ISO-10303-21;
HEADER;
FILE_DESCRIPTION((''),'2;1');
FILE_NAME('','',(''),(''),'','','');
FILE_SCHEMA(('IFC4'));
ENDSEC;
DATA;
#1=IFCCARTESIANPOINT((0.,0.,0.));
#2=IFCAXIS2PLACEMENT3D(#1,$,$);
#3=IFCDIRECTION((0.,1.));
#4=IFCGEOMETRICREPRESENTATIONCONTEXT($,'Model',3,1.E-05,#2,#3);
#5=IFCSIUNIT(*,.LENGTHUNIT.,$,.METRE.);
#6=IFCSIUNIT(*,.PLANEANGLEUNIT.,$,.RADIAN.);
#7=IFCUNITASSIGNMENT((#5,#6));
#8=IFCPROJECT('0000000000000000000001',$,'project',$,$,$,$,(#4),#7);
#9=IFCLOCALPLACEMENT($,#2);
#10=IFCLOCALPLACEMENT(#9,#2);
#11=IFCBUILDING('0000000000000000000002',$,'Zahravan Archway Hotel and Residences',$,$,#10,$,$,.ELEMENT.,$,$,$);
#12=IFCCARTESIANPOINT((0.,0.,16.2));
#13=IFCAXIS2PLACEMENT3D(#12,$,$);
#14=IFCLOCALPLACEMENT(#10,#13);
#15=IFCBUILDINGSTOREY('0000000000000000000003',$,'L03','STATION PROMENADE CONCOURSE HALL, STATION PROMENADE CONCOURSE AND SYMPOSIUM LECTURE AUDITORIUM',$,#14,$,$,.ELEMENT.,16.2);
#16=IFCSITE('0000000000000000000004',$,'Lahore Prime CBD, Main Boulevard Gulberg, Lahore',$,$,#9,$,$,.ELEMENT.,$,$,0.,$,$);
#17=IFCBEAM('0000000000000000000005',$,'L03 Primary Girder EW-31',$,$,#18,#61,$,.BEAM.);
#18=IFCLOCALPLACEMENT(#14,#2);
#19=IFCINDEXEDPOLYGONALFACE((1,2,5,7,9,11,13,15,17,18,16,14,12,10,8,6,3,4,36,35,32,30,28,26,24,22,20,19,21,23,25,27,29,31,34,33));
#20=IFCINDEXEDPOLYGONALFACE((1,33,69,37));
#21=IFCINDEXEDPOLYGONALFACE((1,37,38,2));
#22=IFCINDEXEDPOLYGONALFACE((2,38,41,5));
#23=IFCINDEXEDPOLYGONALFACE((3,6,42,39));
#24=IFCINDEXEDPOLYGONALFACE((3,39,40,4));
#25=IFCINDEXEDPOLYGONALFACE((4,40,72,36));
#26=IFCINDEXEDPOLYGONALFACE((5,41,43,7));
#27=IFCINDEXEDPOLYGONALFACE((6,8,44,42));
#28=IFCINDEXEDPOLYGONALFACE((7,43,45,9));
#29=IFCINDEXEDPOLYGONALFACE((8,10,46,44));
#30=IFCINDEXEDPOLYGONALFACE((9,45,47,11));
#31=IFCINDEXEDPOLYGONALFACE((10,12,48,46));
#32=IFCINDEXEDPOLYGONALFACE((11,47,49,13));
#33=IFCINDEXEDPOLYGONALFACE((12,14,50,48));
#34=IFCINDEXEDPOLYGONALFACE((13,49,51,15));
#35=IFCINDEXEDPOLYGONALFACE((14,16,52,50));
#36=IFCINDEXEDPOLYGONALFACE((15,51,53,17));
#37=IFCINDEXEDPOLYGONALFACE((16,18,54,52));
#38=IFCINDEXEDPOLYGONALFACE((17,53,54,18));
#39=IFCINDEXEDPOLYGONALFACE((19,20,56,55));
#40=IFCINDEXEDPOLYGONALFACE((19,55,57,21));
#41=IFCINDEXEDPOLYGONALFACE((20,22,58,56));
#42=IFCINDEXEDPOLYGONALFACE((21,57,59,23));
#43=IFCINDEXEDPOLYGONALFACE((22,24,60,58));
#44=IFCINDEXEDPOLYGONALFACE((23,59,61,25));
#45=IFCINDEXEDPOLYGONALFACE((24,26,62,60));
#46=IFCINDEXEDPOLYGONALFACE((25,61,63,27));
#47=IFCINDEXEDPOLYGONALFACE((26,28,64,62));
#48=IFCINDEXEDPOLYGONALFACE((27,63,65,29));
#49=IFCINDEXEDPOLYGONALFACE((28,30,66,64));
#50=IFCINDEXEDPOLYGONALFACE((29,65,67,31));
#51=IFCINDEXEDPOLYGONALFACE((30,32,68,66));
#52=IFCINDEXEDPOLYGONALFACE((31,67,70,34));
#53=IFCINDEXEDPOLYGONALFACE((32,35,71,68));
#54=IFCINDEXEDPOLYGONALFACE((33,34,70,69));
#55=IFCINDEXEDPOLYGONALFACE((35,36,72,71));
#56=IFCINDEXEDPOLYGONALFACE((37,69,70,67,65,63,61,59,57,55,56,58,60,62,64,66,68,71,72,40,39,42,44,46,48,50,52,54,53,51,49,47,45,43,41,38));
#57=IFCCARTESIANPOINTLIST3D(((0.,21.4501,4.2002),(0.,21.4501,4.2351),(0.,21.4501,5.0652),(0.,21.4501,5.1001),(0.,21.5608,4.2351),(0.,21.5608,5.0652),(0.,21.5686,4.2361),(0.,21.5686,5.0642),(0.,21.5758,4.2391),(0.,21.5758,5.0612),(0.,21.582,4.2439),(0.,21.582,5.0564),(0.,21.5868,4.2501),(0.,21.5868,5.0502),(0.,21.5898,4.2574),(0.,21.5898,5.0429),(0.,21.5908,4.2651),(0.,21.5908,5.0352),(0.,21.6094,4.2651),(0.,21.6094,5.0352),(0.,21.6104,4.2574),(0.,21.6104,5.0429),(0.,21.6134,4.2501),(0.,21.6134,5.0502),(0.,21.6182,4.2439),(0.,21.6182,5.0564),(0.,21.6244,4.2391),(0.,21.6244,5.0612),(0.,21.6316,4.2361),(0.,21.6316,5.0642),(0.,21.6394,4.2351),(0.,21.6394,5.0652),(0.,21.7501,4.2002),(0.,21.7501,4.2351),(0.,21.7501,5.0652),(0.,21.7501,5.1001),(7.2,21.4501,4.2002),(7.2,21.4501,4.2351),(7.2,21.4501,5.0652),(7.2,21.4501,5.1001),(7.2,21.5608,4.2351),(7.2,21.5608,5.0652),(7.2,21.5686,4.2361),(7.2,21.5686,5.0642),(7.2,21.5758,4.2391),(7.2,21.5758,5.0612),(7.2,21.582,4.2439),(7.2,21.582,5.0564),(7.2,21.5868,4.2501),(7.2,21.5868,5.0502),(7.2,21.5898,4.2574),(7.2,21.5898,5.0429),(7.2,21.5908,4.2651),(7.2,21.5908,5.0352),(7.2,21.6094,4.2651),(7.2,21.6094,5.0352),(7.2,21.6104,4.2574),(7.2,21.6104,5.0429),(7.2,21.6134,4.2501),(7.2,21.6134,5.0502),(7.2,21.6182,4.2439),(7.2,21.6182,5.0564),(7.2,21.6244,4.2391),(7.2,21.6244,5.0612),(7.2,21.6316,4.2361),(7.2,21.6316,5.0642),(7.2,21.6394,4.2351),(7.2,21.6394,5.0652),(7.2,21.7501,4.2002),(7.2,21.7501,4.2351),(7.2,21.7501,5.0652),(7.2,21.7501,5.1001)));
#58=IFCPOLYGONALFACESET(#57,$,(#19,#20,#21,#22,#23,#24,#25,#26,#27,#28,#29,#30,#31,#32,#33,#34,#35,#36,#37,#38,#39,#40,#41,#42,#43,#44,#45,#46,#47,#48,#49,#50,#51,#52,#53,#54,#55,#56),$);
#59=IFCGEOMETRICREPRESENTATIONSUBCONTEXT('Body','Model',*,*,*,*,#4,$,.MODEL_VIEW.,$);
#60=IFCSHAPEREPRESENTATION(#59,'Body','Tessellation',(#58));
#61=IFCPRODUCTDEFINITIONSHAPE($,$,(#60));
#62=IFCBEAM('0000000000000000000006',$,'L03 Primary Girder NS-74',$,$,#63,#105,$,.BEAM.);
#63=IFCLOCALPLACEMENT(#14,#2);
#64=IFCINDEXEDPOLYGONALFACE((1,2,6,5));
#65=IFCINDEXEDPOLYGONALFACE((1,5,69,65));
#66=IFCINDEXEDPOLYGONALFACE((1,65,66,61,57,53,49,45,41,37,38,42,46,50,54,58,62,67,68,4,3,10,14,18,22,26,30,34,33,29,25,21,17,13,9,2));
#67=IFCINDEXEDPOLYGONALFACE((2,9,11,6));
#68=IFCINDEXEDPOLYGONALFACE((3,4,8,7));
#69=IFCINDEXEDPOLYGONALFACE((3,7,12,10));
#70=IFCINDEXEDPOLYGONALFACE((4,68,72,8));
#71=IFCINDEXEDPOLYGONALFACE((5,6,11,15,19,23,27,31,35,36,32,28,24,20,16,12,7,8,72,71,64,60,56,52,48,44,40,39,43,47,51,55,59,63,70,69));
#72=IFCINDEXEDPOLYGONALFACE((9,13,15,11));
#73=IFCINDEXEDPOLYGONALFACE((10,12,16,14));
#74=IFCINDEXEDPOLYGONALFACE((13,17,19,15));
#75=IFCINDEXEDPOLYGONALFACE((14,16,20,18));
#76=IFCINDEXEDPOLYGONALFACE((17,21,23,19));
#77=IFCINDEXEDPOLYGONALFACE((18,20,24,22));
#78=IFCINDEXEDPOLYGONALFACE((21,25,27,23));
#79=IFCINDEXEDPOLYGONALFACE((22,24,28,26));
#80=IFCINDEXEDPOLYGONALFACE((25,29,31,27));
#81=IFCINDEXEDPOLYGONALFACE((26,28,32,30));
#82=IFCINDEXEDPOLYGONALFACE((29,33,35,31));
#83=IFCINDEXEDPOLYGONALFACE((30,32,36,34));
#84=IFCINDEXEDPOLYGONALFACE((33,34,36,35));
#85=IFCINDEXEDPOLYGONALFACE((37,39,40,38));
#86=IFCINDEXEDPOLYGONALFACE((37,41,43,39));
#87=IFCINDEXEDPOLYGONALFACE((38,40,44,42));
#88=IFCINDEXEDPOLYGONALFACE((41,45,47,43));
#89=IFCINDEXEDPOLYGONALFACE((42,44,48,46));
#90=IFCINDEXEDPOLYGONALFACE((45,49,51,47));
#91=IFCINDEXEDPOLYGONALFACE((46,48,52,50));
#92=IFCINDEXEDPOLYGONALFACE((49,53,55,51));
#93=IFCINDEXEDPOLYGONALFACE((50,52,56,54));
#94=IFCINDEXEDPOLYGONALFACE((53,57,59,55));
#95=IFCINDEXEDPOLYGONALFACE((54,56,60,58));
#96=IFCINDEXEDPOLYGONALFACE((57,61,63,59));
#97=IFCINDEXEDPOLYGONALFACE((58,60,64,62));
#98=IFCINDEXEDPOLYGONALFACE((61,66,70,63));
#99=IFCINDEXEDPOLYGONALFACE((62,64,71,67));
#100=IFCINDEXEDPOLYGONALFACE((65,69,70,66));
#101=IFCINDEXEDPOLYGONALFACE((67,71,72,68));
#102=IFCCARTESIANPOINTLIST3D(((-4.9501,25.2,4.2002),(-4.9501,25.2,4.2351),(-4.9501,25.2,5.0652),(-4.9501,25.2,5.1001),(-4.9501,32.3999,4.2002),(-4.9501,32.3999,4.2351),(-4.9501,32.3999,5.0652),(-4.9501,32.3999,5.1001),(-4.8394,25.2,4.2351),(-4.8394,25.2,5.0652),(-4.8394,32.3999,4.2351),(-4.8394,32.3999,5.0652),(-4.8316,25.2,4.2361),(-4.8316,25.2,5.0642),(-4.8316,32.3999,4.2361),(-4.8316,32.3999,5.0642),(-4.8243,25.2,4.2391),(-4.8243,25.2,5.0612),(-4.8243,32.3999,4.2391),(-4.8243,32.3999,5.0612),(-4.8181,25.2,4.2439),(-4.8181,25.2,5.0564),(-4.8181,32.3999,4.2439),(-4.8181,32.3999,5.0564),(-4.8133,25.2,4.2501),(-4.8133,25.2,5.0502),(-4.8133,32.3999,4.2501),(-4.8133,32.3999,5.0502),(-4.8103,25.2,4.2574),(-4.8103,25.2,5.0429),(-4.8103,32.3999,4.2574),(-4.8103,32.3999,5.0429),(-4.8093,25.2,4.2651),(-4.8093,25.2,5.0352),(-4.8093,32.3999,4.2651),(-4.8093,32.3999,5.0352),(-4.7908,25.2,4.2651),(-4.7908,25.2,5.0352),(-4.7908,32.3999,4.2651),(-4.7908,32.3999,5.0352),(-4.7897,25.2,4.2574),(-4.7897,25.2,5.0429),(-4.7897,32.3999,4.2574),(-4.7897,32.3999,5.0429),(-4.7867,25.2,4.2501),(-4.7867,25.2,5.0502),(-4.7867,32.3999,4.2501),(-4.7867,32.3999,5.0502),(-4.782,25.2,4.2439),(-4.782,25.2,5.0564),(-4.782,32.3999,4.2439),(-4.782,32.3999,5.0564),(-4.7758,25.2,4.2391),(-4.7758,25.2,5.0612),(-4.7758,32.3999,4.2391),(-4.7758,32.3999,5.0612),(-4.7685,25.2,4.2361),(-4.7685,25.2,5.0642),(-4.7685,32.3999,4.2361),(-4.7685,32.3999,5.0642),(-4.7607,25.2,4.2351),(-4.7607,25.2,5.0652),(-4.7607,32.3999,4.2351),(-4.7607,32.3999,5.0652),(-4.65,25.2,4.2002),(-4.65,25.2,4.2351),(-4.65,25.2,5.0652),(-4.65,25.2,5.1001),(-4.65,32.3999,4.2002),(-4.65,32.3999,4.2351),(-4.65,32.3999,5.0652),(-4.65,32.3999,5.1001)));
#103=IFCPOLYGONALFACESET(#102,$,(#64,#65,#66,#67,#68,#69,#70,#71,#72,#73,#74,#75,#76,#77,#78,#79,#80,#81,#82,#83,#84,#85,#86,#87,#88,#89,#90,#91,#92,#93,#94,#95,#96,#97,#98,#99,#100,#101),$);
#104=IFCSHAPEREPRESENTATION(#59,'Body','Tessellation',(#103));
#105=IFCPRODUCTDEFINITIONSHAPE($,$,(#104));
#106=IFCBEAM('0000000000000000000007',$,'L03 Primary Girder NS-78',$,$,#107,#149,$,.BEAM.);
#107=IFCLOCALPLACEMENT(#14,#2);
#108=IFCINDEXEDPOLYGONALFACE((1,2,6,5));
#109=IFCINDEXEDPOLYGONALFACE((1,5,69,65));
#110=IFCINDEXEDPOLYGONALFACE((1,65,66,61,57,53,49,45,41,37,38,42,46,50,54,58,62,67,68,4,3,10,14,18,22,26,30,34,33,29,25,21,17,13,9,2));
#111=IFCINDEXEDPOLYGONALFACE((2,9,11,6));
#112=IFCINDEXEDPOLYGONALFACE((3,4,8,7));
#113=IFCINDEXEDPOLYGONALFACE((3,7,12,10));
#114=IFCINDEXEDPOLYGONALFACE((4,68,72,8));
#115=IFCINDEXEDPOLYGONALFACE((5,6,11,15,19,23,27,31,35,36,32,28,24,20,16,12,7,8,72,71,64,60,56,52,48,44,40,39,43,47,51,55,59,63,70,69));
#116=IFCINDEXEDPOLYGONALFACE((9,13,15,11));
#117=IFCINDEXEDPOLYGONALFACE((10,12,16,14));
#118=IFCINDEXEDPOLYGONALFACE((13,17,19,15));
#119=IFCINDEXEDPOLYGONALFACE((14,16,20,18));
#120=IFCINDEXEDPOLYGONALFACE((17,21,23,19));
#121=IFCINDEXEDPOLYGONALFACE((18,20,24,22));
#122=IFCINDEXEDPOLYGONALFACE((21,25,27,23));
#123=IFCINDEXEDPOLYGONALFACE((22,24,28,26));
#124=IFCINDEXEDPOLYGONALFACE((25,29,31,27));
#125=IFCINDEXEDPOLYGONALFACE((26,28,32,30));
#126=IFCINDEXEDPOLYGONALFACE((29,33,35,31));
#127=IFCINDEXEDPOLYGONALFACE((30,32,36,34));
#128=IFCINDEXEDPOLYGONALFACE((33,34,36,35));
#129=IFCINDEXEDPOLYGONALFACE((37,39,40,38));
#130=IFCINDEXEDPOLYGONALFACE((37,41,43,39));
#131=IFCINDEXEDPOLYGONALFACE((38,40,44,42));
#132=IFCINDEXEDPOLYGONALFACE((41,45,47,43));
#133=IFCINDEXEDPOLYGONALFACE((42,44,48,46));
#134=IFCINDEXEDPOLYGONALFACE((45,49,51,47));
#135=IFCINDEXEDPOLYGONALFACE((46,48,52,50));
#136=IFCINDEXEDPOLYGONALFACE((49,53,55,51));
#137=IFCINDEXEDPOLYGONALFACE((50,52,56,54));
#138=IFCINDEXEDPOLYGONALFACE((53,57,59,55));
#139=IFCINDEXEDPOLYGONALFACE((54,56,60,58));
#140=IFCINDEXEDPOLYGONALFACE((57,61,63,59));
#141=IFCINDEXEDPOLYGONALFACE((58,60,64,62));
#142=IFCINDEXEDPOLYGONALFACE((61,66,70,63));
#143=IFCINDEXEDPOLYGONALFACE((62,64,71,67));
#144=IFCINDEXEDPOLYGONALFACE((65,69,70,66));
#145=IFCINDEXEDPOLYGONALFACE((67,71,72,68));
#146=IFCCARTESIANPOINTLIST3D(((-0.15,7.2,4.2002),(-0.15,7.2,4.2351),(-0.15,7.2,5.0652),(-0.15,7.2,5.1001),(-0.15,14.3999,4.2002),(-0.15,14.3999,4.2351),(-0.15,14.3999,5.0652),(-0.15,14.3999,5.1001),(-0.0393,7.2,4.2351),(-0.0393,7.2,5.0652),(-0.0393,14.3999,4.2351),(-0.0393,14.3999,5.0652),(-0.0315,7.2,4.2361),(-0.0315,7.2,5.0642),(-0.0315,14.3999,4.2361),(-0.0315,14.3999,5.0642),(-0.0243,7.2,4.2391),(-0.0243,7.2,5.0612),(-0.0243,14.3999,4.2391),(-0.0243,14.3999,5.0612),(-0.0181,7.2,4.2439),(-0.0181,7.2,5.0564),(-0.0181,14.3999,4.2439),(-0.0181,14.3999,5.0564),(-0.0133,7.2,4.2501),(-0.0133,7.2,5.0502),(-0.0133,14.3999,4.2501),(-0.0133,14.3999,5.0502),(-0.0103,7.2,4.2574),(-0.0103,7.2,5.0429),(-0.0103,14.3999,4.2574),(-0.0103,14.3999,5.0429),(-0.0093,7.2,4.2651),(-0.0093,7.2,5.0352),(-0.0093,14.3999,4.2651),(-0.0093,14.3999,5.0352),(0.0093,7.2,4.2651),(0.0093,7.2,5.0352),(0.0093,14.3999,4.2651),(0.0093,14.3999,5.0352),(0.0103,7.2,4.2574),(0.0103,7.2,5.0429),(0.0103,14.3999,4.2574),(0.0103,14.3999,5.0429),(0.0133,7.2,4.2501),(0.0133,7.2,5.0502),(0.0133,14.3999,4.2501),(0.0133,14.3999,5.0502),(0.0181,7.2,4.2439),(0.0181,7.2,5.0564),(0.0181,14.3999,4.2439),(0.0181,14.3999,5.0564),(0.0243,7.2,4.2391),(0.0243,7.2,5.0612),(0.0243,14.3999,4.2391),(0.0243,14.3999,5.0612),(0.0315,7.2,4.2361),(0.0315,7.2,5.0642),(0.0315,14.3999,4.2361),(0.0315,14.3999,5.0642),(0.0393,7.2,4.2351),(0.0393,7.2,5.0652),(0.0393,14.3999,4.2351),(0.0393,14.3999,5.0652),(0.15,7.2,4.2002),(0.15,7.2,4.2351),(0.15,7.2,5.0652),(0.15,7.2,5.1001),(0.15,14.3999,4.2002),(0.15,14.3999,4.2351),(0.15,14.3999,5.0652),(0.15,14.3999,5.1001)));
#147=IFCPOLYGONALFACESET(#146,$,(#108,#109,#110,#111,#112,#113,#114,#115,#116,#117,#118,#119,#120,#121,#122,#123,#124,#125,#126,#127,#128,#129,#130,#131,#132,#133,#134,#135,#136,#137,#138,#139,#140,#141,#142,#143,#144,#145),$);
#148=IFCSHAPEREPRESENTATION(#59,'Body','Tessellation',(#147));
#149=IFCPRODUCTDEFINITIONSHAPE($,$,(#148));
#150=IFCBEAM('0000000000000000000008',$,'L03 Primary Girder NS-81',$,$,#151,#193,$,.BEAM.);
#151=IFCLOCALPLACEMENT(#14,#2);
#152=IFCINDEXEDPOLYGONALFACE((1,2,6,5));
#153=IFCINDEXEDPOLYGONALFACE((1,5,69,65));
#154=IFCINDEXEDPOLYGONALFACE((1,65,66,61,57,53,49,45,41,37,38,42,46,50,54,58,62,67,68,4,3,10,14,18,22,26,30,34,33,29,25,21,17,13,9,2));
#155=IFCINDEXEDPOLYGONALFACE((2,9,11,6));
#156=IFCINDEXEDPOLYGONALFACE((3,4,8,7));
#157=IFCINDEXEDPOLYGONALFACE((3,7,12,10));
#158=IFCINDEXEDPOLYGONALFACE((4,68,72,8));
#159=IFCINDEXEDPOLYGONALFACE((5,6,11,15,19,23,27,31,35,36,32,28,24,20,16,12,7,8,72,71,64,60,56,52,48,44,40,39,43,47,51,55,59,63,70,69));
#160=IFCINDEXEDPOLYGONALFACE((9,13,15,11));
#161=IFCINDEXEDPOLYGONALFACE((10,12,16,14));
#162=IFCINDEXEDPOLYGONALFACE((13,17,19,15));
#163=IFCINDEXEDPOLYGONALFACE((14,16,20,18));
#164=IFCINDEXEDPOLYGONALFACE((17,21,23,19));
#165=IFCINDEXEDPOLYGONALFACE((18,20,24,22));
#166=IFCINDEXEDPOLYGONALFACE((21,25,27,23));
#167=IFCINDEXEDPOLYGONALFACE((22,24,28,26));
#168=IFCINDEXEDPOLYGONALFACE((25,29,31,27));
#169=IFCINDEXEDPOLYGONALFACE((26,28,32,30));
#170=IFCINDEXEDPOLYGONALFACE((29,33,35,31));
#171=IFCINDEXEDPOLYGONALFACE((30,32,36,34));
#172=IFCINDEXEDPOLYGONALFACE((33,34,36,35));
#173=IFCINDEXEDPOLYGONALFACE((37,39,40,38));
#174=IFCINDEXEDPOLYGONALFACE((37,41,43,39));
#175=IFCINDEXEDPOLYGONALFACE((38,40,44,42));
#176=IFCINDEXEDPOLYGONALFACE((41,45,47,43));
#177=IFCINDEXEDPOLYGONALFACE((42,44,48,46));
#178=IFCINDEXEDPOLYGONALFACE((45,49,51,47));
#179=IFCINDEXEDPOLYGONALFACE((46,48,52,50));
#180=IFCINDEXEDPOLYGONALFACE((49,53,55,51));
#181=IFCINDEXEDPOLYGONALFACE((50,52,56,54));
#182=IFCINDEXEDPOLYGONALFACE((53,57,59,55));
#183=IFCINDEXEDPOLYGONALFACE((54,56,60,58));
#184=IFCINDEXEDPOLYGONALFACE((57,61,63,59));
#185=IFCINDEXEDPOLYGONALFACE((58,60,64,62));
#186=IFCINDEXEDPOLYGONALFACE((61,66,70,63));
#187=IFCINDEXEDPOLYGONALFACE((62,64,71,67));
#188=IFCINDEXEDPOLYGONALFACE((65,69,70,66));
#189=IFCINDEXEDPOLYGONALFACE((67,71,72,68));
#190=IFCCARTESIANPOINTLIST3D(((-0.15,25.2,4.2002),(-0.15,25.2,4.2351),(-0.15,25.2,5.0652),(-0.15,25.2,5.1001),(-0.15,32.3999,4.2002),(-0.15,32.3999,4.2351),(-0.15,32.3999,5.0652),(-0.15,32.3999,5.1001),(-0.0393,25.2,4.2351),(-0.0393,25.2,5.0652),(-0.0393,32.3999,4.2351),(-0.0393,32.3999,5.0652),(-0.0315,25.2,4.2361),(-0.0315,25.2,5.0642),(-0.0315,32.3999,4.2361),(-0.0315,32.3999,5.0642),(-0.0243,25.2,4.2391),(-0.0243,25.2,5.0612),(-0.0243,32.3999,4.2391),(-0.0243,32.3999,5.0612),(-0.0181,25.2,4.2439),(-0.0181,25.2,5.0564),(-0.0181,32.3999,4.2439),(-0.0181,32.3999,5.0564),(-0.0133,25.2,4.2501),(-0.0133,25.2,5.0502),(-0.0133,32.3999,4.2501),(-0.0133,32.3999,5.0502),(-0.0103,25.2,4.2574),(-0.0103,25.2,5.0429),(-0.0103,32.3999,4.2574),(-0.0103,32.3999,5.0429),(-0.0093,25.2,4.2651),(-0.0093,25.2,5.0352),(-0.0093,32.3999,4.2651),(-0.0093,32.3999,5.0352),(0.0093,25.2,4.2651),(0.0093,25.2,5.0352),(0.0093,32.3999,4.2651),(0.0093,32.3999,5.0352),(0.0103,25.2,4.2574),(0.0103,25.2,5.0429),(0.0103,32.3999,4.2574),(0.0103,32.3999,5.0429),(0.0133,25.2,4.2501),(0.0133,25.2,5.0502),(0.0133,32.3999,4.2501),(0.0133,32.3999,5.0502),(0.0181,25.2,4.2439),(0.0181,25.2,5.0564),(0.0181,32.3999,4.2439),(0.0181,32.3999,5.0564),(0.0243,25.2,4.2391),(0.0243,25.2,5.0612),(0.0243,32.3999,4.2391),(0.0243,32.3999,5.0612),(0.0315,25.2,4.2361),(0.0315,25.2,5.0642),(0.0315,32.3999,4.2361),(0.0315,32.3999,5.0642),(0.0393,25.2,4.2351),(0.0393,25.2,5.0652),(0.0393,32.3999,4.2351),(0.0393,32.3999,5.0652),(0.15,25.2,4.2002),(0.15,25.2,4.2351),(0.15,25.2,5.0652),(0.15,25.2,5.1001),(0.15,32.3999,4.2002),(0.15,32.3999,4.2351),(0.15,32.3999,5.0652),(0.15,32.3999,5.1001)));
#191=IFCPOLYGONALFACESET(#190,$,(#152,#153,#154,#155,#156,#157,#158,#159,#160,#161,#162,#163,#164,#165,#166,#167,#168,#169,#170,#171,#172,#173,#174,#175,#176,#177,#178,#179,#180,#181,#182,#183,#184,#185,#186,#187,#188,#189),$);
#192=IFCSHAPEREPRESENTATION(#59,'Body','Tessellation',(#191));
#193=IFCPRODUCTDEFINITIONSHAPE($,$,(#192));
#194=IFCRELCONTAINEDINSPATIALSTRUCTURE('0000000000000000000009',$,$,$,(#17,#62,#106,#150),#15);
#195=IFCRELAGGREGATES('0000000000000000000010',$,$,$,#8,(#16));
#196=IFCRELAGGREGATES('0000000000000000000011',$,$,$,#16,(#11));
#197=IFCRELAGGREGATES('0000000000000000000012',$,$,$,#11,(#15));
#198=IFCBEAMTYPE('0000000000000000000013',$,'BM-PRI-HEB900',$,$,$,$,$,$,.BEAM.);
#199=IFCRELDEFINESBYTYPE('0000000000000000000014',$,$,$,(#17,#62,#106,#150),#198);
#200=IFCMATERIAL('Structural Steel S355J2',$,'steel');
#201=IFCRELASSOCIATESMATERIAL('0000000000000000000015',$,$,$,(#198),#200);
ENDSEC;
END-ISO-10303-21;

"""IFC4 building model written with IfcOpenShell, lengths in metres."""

from ifc_helpers import new_model, si_unit, direction, frame, origin, origin_2d, place, context, subcontext, project, spatial, i_section, extrude, source, transform, mapped, material, material_profile, profile_set, type_object, element, save


model = new_model("IFC4")

# Units and contexts
model_context = context("Model", 3, precision=1e-05, world=origin(), true_north=direction((0.0, 1.0)))
body_context = subcontext(model_context, "Body", "Model", "MODEL_VIEW")
ifc_project = project(units=[si_unit("LENGTHUNIT", "METRE"), si_unit("PLANEANGLEUNIT", "RADIAN")], contexts=[model_context])

# Site, building, storey
site_placement = place(None, origin())
site = spatial("IfcSite", under=ifc_project, at=site_placement, Name="Lahore Prime CBD, Main Boulevard Gulberg, Lahore", CompositionType="ELEMENT", RefElevation=0.0)
building_placement = place(site_placement, origin())
building = spatial("IfcBuilding", under=site, at=building_placement, Name="Zahravan Archway Hotel and Residences", CompositionType="ELEMENT")
storey_placement = place(building_placement, frame((0.0, 0.0, 16.2)))
storey = spatial("IfcBuildingStorey", under=building, at=storey_placement, Name="L03", Description="STATION PROMENADE CONCOURSE HALL, STATION PROMENADE CONCOURSE AND SYMPOSIUM LECTURE AUDITORIUM", CompositionType="ELEMENT", Elevation=16.2)

# Beams
ifc_material_1 = material(Name="Structural Steel S355J2", Category="steel")
ifc_material_profile_1 = material_profile(ifc_material_1, i_section(OverallWidth=0.3, OverallDepth=0.8999, WebThickness=0.0186, FlangeThickness=0.0349, FilletRadius=0.03, at=origin_2d()), Name="HEB 900", Category="steel")
ifc_profile_set_1 = profile_set([ifc_material_profile_1], Name="Structural Steel S355J2")
beam_type_1 = type_object("IfcBeamType", Name="BM-PRI-HEB900", PredefinedType="BEAM", material=ifc_profile_set_1)
shared_shape_1 = source(origin(), body_context, "Body", "SweptSolid", [
    extrude(i_section(OverallWidth=0.3, OverallDepth=0.8999, WebThickness=0.0186, FlangeThickness=0.0349, FilletRadius=0.03, at=origin_2d()), origin(), (0.0, 0.0, 1.0), 7.2),
])
for number, where, z_axis, x_axis, name in (
    (1, (0.0, 21.6001, 4.6501), (1.0, 0.0, 0.0), (0.0, 1.0, 0.0), "L03 Primary Girder EW-31"),
    (2, (-4.8, 25.2, 4.6501), (0.0, 1.0, 0.0), (-1.0, 0.0, 0.0), "L03 Primary Girder NS-74"),
    (3, (0.0, 7.2, 4.6501), (0.0, 1.0, 0.0), (-1.0, 0.0, 0.0), "L03 Primary Girder NS-78"),
    (4, (0.0, 25.2, 4.6501), (0.0, 1.0, 0.0), (-1.0, 0.0, 0.0), "L03 Primary Girder NS-81"),
):
    element("IfcBeam", number, at=place(storey_placement, frame(where, z_axis=z_axis, x_axis=x_axis)), inside=storey, type_object=beam_type_1, Name=name, PredefinedType="BEAM", context=body_context, shape_type="MappedRepresentation", body=[
        mapped(shared_shape_1, transform((0.0, 0.0, 0.0), scale=1.0)),
    ])

save(model, "model.ifc")
